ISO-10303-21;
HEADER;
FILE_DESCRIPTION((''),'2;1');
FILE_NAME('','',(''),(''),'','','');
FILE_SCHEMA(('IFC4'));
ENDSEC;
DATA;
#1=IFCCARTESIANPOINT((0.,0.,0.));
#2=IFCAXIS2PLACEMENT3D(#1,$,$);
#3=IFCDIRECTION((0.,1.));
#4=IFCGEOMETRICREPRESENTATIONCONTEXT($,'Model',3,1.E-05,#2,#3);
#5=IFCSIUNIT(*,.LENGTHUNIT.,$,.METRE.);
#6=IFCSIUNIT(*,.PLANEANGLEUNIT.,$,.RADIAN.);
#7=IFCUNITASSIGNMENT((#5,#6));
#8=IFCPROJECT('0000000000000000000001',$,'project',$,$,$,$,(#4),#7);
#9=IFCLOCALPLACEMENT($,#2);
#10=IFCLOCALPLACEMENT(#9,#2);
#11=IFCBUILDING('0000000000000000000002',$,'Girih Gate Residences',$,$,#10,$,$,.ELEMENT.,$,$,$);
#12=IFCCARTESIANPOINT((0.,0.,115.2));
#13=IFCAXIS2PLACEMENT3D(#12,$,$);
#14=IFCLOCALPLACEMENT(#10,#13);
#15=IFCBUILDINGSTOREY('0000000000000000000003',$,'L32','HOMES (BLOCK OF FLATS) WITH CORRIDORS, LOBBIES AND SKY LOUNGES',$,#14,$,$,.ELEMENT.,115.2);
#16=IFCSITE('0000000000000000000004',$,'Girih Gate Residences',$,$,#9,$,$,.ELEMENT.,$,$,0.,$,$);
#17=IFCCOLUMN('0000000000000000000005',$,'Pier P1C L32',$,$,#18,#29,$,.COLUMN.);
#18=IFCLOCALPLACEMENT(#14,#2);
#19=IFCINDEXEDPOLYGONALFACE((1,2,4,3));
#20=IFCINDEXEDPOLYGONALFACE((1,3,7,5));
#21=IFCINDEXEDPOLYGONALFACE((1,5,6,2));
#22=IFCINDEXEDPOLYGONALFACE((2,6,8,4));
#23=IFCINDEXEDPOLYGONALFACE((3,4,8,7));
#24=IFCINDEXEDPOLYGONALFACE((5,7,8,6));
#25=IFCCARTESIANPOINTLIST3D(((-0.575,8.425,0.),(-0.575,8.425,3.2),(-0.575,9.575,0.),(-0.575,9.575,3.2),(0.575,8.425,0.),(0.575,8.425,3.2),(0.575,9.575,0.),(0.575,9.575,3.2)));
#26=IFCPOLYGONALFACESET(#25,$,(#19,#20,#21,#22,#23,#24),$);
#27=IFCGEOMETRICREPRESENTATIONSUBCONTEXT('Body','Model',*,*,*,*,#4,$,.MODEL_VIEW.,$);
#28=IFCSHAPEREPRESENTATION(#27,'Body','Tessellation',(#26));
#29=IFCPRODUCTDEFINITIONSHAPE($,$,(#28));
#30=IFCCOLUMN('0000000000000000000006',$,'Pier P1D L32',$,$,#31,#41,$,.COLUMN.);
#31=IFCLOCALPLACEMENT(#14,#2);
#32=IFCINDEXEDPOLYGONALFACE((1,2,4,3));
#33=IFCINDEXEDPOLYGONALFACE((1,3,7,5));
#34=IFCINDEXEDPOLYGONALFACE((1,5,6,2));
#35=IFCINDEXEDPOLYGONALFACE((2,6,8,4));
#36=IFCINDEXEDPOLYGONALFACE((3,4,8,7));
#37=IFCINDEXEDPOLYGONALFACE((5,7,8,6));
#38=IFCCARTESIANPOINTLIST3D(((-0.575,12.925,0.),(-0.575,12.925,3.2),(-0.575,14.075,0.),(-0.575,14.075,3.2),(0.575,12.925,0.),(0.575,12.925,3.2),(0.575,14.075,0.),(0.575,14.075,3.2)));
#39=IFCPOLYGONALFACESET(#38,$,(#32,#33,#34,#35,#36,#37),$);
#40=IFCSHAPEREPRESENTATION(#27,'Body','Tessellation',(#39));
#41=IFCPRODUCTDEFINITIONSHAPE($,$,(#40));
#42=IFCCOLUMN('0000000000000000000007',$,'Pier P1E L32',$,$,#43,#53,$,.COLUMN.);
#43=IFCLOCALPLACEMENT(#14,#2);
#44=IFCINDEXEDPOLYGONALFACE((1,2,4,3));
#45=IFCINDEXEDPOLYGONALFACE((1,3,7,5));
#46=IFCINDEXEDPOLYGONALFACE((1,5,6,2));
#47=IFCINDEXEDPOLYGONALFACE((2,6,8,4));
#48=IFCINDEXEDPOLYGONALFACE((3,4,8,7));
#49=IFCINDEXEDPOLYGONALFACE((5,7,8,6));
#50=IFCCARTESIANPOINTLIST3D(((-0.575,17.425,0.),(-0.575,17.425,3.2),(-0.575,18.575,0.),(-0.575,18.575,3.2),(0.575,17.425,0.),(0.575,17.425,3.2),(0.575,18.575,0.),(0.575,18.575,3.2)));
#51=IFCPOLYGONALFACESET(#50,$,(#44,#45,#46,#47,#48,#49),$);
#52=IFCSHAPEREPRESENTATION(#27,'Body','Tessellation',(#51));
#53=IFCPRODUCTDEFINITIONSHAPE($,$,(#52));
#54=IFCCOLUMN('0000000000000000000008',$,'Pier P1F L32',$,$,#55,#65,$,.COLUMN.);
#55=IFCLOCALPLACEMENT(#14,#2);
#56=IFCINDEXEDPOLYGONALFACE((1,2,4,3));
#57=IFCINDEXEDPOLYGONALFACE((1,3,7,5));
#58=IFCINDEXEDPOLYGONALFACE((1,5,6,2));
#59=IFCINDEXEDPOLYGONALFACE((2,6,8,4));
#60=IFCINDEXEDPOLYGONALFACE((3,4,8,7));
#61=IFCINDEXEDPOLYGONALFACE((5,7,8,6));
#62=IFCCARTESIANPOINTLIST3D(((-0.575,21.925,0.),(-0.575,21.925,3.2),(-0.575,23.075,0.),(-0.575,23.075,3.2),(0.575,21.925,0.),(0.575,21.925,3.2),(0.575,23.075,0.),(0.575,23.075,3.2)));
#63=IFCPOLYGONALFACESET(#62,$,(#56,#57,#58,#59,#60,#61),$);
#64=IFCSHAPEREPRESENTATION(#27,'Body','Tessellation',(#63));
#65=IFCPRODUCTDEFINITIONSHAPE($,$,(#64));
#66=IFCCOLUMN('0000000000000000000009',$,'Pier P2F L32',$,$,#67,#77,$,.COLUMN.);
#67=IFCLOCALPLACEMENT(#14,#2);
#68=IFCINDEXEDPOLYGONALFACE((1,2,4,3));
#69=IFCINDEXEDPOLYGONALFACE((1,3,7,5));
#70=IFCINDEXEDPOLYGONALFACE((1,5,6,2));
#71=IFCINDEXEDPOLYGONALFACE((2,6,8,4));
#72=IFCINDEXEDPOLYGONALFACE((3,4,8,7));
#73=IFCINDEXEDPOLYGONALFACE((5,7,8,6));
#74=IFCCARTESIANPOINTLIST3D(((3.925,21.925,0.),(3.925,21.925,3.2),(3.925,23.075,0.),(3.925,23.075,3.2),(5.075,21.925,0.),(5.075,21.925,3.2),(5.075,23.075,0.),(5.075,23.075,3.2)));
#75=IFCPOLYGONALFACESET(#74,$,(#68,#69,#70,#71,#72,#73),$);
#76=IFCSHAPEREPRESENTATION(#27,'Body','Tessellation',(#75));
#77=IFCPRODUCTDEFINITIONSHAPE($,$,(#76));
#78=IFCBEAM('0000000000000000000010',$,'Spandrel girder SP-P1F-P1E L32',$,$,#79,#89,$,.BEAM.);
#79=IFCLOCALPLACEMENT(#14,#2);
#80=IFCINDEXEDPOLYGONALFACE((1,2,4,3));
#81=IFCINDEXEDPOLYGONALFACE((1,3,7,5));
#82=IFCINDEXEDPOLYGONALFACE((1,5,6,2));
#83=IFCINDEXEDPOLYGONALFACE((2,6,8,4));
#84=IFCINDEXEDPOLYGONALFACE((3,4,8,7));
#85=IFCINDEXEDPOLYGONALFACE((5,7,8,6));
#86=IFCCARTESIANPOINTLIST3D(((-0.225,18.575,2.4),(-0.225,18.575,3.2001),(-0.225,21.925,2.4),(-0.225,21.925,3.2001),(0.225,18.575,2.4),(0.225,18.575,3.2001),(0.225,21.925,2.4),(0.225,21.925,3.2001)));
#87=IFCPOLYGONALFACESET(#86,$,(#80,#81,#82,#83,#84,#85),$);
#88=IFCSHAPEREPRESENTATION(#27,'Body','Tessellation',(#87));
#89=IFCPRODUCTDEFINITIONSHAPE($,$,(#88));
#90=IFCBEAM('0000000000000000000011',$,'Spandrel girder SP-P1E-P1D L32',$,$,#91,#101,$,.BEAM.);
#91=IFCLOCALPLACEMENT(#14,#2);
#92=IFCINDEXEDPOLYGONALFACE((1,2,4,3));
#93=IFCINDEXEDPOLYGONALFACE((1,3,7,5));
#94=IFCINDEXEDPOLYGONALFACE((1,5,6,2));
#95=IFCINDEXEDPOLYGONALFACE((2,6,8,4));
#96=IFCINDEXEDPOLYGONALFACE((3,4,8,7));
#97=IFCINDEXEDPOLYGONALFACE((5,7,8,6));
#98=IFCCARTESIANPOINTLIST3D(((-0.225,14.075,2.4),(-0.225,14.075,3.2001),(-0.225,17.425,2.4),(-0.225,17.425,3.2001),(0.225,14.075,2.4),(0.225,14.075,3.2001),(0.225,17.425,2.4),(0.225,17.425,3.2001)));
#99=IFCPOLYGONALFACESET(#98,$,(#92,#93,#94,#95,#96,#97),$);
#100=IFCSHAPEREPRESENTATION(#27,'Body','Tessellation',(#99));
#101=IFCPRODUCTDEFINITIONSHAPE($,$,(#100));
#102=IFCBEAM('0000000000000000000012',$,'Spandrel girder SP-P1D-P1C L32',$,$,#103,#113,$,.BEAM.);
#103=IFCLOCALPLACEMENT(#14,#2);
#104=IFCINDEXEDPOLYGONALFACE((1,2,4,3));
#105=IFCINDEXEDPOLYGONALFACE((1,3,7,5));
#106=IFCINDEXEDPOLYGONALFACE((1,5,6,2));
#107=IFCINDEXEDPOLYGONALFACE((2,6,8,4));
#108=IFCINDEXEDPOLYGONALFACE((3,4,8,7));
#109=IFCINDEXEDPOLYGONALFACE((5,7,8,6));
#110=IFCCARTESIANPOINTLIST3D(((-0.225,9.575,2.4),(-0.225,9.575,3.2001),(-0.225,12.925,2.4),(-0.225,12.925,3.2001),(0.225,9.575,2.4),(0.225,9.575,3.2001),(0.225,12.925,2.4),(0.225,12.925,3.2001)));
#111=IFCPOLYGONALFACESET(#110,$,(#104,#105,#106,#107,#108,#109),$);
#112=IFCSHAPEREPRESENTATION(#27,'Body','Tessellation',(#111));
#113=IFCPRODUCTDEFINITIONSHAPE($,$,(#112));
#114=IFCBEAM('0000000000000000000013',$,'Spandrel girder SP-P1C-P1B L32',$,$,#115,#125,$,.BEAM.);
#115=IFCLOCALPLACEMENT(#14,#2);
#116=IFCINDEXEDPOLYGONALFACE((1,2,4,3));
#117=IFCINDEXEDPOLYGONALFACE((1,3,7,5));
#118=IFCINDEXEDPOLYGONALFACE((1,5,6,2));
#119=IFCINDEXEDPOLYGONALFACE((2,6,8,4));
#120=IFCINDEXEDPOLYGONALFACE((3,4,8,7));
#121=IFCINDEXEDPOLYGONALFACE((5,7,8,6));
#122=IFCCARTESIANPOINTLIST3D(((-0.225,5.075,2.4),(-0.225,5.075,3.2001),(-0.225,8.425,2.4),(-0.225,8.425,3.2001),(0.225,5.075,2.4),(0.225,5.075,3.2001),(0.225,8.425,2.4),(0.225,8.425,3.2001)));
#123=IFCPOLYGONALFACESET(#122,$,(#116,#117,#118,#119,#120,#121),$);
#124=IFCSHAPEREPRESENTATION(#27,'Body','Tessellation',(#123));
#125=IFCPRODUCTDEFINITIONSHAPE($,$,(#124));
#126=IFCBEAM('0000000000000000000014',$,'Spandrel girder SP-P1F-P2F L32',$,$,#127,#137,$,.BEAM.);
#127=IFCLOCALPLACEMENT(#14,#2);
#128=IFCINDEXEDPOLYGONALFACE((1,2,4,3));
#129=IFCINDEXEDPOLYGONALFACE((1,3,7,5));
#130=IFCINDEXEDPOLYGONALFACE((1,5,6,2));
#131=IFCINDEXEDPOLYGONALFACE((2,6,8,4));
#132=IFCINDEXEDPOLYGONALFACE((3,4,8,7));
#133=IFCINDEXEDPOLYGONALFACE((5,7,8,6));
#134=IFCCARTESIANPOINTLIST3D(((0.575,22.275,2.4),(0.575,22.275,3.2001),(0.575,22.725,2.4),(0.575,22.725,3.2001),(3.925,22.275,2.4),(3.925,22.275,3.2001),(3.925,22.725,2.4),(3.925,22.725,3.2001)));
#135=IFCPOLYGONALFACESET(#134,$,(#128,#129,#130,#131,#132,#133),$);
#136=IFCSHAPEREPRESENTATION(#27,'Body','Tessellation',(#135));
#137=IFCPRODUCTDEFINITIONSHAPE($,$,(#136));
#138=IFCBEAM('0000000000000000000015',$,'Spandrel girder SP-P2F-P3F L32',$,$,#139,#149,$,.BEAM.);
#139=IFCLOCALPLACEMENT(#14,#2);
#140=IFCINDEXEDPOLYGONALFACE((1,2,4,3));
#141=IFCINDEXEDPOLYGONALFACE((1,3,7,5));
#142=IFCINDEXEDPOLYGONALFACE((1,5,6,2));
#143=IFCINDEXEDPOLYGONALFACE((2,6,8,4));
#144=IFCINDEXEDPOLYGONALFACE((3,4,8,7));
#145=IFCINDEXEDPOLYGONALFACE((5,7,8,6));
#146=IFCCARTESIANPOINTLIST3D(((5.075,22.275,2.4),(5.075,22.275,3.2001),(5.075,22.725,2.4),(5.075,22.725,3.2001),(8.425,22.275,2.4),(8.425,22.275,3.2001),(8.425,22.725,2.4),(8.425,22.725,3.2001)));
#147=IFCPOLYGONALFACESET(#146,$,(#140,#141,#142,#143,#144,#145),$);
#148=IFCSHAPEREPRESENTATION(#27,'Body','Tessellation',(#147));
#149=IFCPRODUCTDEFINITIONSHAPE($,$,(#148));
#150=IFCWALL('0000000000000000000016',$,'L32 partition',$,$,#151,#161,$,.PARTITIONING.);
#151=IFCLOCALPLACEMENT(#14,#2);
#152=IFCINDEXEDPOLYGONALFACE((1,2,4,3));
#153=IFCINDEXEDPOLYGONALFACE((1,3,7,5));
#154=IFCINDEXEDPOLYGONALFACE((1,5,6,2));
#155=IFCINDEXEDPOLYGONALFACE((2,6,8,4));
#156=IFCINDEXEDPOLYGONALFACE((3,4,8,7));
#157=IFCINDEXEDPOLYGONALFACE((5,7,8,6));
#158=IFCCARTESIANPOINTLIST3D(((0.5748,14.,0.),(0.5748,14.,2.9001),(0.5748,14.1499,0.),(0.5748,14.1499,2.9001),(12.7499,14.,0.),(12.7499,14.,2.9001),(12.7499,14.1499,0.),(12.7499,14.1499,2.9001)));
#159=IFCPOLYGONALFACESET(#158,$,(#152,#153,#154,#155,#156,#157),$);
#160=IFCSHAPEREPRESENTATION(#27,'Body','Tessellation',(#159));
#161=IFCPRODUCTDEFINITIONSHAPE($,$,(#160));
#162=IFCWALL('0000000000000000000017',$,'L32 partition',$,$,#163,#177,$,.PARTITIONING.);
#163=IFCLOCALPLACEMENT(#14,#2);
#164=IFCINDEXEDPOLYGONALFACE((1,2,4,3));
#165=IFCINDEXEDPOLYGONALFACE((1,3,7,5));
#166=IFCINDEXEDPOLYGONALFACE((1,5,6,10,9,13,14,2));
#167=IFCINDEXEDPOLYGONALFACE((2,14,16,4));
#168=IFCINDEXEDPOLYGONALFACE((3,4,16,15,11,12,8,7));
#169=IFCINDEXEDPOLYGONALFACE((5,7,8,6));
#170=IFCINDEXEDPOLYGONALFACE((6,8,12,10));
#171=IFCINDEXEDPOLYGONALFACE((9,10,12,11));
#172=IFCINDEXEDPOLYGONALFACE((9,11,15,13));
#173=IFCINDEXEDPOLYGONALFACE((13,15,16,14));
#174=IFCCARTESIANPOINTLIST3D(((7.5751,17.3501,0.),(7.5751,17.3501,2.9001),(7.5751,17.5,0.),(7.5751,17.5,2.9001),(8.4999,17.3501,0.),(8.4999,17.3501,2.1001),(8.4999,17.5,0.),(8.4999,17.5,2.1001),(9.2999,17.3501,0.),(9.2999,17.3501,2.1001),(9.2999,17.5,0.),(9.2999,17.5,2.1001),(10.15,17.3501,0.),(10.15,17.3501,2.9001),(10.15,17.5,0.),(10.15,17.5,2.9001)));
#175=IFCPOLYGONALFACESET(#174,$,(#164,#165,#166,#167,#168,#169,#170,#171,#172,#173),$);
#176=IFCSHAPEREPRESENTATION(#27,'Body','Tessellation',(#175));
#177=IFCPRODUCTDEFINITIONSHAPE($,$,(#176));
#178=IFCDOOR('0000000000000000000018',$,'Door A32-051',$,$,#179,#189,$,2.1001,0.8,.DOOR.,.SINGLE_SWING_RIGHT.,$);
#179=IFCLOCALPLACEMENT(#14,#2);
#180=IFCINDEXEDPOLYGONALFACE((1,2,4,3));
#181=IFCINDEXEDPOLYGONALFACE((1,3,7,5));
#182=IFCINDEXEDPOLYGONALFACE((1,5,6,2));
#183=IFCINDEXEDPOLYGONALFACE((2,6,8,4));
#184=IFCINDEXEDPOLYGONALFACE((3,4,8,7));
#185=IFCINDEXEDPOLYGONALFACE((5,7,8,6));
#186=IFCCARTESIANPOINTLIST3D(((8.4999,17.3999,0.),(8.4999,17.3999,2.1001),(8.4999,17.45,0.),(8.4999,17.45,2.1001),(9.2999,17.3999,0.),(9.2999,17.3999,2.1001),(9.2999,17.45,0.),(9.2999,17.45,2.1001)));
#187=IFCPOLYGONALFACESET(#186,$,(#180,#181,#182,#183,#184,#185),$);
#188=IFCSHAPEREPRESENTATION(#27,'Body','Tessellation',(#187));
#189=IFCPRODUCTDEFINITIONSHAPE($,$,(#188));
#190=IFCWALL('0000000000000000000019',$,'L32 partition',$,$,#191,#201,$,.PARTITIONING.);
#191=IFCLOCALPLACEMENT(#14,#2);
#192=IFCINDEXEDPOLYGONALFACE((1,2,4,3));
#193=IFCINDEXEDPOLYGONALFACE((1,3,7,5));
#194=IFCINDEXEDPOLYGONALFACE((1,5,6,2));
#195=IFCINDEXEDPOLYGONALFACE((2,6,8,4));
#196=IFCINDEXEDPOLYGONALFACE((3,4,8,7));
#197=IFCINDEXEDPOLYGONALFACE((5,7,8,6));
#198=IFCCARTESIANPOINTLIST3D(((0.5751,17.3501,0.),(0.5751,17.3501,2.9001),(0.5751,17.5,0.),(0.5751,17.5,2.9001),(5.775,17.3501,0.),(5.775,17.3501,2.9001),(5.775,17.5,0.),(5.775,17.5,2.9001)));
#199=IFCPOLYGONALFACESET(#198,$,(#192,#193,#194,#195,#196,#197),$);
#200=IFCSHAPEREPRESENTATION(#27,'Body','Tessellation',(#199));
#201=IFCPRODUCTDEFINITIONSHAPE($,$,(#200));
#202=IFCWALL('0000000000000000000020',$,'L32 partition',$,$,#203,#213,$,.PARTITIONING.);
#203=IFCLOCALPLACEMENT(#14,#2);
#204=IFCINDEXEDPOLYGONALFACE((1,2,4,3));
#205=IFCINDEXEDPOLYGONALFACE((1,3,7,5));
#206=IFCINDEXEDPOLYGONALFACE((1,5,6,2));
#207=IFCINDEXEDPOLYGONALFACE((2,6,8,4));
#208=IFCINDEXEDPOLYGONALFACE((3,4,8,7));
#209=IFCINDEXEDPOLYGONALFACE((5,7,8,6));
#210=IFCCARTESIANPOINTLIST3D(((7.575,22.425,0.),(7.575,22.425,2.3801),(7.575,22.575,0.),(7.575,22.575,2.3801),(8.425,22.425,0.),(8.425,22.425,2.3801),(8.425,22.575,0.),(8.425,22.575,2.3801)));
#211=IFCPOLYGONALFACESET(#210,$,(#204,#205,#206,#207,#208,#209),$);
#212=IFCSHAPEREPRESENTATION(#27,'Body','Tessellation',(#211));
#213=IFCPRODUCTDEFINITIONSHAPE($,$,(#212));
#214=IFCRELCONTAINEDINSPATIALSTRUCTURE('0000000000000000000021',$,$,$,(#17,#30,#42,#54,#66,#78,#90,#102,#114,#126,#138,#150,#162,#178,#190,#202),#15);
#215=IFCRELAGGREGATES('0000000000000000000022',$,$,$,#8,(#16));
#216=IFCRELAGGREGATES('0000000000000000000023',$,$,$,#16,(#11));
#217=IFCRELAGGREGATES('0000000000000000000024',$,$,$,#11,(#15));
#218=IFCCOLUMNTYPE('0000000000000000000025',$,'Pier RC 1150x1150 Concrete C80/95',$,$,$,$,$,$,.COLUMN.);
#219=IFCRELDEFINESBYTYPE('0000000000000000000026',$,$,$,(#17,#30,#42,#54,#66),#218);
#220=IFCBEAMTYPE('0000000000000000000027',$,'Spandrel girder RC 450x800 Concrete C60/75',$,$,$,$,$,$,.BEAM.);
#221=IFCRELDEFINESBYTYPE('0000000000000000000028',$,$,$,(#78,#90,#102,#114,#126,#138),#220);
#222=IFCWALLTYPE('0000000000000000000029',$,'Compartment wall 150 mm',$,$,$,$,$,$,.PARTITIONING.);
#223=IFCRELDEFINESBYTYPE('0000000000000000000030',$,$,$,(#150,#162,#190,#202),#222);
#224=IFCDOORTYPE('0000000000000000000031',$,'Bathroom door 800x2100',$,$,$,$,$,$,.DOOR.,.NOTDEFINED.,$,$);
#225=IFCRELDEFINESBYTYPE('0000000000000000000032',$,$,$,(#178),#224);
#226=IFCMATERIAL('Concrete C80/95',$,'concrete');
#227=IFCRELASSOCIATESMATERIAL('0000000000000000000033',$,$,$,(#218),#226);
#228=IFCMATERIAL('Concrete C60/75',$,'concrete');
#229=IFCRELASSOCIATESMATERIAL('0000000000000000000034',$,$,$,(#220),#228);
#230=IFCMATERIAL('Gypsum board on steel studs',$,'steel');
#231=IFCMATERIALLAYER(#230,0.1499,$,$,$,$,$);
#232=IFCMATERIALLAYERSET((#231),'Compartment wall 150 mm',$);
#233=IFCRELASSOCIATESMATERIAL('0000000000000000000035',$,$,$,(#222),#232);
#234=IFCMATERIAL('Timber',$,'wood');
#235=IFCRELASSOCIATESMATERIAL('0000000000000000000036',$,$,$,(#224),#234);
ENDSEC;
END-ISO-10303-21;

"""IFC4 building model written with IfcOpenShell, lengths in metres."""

from ifc_helpers import new_model, si_unit, direction, frame, frame_2d, origin, origin_2d, place, context, subcontext, project, spatial, rectangle, extrude, material, layer, layer_set, material_profile, profile_set, type_object, element, fill, save


model = new_model("IFC4")

# Units and contexts
model_context = context("Model", 3, precision=1e-05, world=origin(), true_north=direction((0.0, 1.0)))
body_context = subcontext(model_context, "Body", "Model", "MODEL_VIEW")
ifc_project = project(units=[si_unit("LENGTHUNIT", "METRE"), si_unit("PLANEANGLEUNIT", "RADIAN")], contexts=[model_context])

# Site, building, storey
site_placement = place(None, origin())
site = spatial("IfcSite", under=ifc_project, at=site_placement, Name="Girih Gate Residences", CompositionType="ELEMENT", RefElevation=0.0)
building_placement = place(site_placement, origin())
building = spatial("IfcBuilding", under=site, at=building_placement, Name="Girih Gate Residences", CompositionType="ELEMENT")
storey_placement = place(building_placement, frame((0.0, 0.0, 115.2)))
storey = spatial("IfcBuildingStorey", under=building, at=storey_placement, Name="L32", Description="HOMES (BLOCK OF FLATS) WITH CORRIDORS, LOBBIES AND SKY LOUNGES", CompositionType="ELEMENT", Elevation=115.2)

# Columns
ifc_material_1 = material(Name="Concrete C80/95", Category="concrete")
ifc_material_profile_1 = material_profile(ifc_material_1, rectangle(XDim=1.1499, YDim=1.1499, at=origin_2d()))
ifc_profile_set_1 = profile_set([ifc_material_profile_1], Name="Concrete C80/95")
column_type = type_object("IfcColumnType", Name="Pier RC 1150x1150 Concrete C80/95", PredefinedType="COLUMN", material=ifc_profile_set_1)
for number, where, z_axis, x_axis, name in (
    (1, (0.0, 9.0, 0.0), (0.0, 0.0, 1.0), (1.0, 0.0, 0.0), "Pier P1C L32"),
    (2, (0.0, 13.5, 0.0), (0.0, 0.0, 1.0), (1.0, 0.0, 0.0), "Pier P1D L32"),
    (3, (0.0, 18.0, 0.0), (0.0, 0.0, 1.0), (1.0, 0.0, 0.0), "Pier P1E L32"),
    (4, (0.0, 22.5, 0.0), (0.0, 0.0, 1.0), (1.0, 0.0, 0.0), "Pier P1F L32"),
    (5, (4.5, 22.5, 0.0), (0.0, 0.0, 1.0), (1.0, 0.0, 0.0), "Pier P2F L32"),
):
    element("IfcColumn", number, at=place(storey_placement, frame(where, z_axis=z_axis, x_axis=x_axis)), inside=storey, type_object=column_type, Name=name, PredefinedType="COLUMN", context=body_context, shape_type="SweptSolid", body=[
        extrude(rectangle(XDim=1.1499, YDim=1.1499, at=origin_2d()), origin(), (0.0, 0.0, 1.0), 3.2),
    ])

# Beams
ifc_material_2 = material(Name="Concrete C60/75", Category="concrete")
ifc_material_profile_2 = material_profile(ifc_material_2, rectangle(XDim=0.45, YDim=0.8, at=origin_2d()))
ifc_profile_set_2 = profile_set([ifc_material_profile_2], Name="Concrete C60/75")
beam_type = type_object("IfcBeamType", Name="Spandrel girder RC 450x800 Concrete C60/75", PredefinedType="BEAM", material=ifc_profile_set_2)
for number, where, z_axis, x_axis, name in (
    (6, (0.0, 21.925, 2.8), (0.0, -1.0, 0.0), (1.0, 0.0, 0.0), "Spandrel girder SP-P1F-P1E L32"),
    (7, (0.0, 17.425, 2.8), (0.0, -1.0, 0.0), (1.0, 0.0, 0.0), "Spandrel girder SP-P1E-P1D L32"),
    (8, (0.0, 12.925, 2.8), (0.0, -1.0, 0.0), (1.0, 0.0, 0.0), "Spandrel girder SP-P1D-P1C L32"),
    (9, (0.0, 8.425, 2.8), (0.0, -1.0, 0.0), (1.0, 0.0, 0.0), "Spandrel girder SP-P1C-P1B L32"),
    (10, (0.575, 22.5, 2.8), (1.0, 0.0, 0.0), (0.0, 1.0, 0.0), "Spandrel girder SP-P1F-P2F L32"),
    (11, (5.075, 22.5, 2.8), (1.0, 0.0, 0.0), (0.0, 1.0, 0.0), "Spandrel girder SP-P2F-P3F L32"),
):
    element("IfcBeam", number, at=place(storey_placement, frame(where, z_axis=z_axis, x_axis=x_axis)), inside=storey, type_object=beam_type, Name=name, PredefinedType="BEAM", context=body_context, shape_type="SweptSolid", body=[
        extrude(rectangle(XDim=0.45, YDim=0.8, at=origin_2d()), origin(), (0.0, 0.0, 1.0), 3.3501),
    ])

# Wall
ifc_material_3 = material(Name="Gypsum board on steel studs", Category="steel")
ifc_layer_1 = layer(ifc_material_3, 0.1499)
ifc_layer_set_1 = layer_set([ifc_layer_1], Name="Compartment wall 150 mm")
wall_type_1 = type_object("IfcWallType", Name="Compartment wall 150 mm", PredefinedType="PARTITIONING", material=ifc_layer_set_1)
wall_1_placement = place(storey_placement, frame((0.575, 14.075, 0.0), z_axis=(0.0, 0.0, 1.0), x_axis=(1.0, 0.0, 0.0)))
element("IfcWall", 12, at=wall_1_placement, inside=storey, type_object=wall_type_1, Name="L32 partition", PredefinedType="PARTITIONING", context=body_context, shape_type="SweptSolid", body=[
    extrude(rectangle(XDim=12.175, YDim=0.1499, at=frame_2d((6.0874, 0.0))), origin(), (0.0, 0.0, 1.0), 2.9001),
])

# Wall, opening, door
wall_2_placement = place(storey_placement, frame((7.575, 17.425, 0.0), z_axis=(0.0, 0.0, 1.0), x_axis=(1.0, 0.0, 0.0)))
wall_2 = element("IfcWall", 13, at=wall_2_placement, inside=storey, type_object=wall_type_1, Name="L32 partition", PredefinedType="PARTITIONING", context=body_context, shape_type="SweptSolid", body=[
    extrude(rectangle(XDim=2.575, YDim=0.1499, at=frame_2d((1.2876, 0.0))), origin(), (0.0, 0.0, 1.0), 2.9001),
])
opening_1_placement = place(wall_2_placement, frame((0.925, 0.0, 0.0)))
opening_1 = element("IfcOpeningElement", 14, at=opening_1_placement, cuts=wall_2, PredefinedType="OPENING", context=body_context, shape_type="SweptSolid", body=[
    extrude(rectangle(XDim=0.8, YDim=2.1001, at=frame_2d((0.3999, 1.05))), frame((0.0, 0.085, 0.0), z_axis=(0.0, -1.0, 0.0), x_axis=(1.0, 0.0, 0.0)), (0.0, 0.0, 1.0), 0.1699),
])
ifc_material_4 = material(Name="Timber", Category="wood")
door_type_1 = type_object("IfcDoorType", Name="Bathroom door 800x2100", OperationType="NOTDEFINED", PredefinedType="DOOR", material=ifc_material_4)
door_1_placement = place(opening_1_placement, origin())
door_1 = element("IfcDoor", 15, at=door_1_placement, inside=storey, type_object=door_type_1, Name="Door A32-051", OperationType="SINGLE_SWING_RIGHT", OverallHeight=2.1001, OverallWidth=0.8, PredefinedType="DOOR", context=body_context, shape_type="SweptSolid", body=[
    extrude(rectangle(XDim=0.8, YDim=2.1001, at=frame_2d((0.3999, 1.05))), frame((0.0, 0.0249, 0.0), z_axis=(0.0, -1.0, 0.0), x_axis=(1.0, 0.0, 0.0)), (0.0, 0.0, 1.0), 0.05),
])
fill(opening_1, door_1)

# Walls
wall_3_placement = place(storey_placement, frame((0.575, 17.425, 0.0), z_axis=(0.0, 0.0, 1.0), x_axis=(1.0, 0.0, 0.0)))
element("IfcWall", 16, at=wall_3_placement, inside=storey, type_object=wall_type_1, Name="L32 partition", PredefinedType="PARTITIONING", context=body_context, shape_type="SweptSolid", body=[
    extrude(rectangle(XDim=5.2, YDim=0.1499, at=frame_2d((2.6001, 0.0))), origin(), (0.0, 0.0, 1.0), 2.9001),
])
wall_4_placement = place(storey_placement, frame((7.575, 22.5, 0.0), z_axis=(0.0, 0.0, 1.0), x_axis=(1.0, 0.0, 0.0)))
element("IfcWall", 17, at=wall_4_placement, inside=storey, type_object=wall_type_1, Name="L32 partition", PredefinedType="PARTITIONING", context=body_context, shape_type="SweptSolid", body=[
    extrude(rectangle(XDim=0.8501, YDim=0.1499, at=frame_2d((0.425, 0.0))), origin(), (0.0, 0.0, 1.0), 2.3801),
])

save(model, "model.ifc")
